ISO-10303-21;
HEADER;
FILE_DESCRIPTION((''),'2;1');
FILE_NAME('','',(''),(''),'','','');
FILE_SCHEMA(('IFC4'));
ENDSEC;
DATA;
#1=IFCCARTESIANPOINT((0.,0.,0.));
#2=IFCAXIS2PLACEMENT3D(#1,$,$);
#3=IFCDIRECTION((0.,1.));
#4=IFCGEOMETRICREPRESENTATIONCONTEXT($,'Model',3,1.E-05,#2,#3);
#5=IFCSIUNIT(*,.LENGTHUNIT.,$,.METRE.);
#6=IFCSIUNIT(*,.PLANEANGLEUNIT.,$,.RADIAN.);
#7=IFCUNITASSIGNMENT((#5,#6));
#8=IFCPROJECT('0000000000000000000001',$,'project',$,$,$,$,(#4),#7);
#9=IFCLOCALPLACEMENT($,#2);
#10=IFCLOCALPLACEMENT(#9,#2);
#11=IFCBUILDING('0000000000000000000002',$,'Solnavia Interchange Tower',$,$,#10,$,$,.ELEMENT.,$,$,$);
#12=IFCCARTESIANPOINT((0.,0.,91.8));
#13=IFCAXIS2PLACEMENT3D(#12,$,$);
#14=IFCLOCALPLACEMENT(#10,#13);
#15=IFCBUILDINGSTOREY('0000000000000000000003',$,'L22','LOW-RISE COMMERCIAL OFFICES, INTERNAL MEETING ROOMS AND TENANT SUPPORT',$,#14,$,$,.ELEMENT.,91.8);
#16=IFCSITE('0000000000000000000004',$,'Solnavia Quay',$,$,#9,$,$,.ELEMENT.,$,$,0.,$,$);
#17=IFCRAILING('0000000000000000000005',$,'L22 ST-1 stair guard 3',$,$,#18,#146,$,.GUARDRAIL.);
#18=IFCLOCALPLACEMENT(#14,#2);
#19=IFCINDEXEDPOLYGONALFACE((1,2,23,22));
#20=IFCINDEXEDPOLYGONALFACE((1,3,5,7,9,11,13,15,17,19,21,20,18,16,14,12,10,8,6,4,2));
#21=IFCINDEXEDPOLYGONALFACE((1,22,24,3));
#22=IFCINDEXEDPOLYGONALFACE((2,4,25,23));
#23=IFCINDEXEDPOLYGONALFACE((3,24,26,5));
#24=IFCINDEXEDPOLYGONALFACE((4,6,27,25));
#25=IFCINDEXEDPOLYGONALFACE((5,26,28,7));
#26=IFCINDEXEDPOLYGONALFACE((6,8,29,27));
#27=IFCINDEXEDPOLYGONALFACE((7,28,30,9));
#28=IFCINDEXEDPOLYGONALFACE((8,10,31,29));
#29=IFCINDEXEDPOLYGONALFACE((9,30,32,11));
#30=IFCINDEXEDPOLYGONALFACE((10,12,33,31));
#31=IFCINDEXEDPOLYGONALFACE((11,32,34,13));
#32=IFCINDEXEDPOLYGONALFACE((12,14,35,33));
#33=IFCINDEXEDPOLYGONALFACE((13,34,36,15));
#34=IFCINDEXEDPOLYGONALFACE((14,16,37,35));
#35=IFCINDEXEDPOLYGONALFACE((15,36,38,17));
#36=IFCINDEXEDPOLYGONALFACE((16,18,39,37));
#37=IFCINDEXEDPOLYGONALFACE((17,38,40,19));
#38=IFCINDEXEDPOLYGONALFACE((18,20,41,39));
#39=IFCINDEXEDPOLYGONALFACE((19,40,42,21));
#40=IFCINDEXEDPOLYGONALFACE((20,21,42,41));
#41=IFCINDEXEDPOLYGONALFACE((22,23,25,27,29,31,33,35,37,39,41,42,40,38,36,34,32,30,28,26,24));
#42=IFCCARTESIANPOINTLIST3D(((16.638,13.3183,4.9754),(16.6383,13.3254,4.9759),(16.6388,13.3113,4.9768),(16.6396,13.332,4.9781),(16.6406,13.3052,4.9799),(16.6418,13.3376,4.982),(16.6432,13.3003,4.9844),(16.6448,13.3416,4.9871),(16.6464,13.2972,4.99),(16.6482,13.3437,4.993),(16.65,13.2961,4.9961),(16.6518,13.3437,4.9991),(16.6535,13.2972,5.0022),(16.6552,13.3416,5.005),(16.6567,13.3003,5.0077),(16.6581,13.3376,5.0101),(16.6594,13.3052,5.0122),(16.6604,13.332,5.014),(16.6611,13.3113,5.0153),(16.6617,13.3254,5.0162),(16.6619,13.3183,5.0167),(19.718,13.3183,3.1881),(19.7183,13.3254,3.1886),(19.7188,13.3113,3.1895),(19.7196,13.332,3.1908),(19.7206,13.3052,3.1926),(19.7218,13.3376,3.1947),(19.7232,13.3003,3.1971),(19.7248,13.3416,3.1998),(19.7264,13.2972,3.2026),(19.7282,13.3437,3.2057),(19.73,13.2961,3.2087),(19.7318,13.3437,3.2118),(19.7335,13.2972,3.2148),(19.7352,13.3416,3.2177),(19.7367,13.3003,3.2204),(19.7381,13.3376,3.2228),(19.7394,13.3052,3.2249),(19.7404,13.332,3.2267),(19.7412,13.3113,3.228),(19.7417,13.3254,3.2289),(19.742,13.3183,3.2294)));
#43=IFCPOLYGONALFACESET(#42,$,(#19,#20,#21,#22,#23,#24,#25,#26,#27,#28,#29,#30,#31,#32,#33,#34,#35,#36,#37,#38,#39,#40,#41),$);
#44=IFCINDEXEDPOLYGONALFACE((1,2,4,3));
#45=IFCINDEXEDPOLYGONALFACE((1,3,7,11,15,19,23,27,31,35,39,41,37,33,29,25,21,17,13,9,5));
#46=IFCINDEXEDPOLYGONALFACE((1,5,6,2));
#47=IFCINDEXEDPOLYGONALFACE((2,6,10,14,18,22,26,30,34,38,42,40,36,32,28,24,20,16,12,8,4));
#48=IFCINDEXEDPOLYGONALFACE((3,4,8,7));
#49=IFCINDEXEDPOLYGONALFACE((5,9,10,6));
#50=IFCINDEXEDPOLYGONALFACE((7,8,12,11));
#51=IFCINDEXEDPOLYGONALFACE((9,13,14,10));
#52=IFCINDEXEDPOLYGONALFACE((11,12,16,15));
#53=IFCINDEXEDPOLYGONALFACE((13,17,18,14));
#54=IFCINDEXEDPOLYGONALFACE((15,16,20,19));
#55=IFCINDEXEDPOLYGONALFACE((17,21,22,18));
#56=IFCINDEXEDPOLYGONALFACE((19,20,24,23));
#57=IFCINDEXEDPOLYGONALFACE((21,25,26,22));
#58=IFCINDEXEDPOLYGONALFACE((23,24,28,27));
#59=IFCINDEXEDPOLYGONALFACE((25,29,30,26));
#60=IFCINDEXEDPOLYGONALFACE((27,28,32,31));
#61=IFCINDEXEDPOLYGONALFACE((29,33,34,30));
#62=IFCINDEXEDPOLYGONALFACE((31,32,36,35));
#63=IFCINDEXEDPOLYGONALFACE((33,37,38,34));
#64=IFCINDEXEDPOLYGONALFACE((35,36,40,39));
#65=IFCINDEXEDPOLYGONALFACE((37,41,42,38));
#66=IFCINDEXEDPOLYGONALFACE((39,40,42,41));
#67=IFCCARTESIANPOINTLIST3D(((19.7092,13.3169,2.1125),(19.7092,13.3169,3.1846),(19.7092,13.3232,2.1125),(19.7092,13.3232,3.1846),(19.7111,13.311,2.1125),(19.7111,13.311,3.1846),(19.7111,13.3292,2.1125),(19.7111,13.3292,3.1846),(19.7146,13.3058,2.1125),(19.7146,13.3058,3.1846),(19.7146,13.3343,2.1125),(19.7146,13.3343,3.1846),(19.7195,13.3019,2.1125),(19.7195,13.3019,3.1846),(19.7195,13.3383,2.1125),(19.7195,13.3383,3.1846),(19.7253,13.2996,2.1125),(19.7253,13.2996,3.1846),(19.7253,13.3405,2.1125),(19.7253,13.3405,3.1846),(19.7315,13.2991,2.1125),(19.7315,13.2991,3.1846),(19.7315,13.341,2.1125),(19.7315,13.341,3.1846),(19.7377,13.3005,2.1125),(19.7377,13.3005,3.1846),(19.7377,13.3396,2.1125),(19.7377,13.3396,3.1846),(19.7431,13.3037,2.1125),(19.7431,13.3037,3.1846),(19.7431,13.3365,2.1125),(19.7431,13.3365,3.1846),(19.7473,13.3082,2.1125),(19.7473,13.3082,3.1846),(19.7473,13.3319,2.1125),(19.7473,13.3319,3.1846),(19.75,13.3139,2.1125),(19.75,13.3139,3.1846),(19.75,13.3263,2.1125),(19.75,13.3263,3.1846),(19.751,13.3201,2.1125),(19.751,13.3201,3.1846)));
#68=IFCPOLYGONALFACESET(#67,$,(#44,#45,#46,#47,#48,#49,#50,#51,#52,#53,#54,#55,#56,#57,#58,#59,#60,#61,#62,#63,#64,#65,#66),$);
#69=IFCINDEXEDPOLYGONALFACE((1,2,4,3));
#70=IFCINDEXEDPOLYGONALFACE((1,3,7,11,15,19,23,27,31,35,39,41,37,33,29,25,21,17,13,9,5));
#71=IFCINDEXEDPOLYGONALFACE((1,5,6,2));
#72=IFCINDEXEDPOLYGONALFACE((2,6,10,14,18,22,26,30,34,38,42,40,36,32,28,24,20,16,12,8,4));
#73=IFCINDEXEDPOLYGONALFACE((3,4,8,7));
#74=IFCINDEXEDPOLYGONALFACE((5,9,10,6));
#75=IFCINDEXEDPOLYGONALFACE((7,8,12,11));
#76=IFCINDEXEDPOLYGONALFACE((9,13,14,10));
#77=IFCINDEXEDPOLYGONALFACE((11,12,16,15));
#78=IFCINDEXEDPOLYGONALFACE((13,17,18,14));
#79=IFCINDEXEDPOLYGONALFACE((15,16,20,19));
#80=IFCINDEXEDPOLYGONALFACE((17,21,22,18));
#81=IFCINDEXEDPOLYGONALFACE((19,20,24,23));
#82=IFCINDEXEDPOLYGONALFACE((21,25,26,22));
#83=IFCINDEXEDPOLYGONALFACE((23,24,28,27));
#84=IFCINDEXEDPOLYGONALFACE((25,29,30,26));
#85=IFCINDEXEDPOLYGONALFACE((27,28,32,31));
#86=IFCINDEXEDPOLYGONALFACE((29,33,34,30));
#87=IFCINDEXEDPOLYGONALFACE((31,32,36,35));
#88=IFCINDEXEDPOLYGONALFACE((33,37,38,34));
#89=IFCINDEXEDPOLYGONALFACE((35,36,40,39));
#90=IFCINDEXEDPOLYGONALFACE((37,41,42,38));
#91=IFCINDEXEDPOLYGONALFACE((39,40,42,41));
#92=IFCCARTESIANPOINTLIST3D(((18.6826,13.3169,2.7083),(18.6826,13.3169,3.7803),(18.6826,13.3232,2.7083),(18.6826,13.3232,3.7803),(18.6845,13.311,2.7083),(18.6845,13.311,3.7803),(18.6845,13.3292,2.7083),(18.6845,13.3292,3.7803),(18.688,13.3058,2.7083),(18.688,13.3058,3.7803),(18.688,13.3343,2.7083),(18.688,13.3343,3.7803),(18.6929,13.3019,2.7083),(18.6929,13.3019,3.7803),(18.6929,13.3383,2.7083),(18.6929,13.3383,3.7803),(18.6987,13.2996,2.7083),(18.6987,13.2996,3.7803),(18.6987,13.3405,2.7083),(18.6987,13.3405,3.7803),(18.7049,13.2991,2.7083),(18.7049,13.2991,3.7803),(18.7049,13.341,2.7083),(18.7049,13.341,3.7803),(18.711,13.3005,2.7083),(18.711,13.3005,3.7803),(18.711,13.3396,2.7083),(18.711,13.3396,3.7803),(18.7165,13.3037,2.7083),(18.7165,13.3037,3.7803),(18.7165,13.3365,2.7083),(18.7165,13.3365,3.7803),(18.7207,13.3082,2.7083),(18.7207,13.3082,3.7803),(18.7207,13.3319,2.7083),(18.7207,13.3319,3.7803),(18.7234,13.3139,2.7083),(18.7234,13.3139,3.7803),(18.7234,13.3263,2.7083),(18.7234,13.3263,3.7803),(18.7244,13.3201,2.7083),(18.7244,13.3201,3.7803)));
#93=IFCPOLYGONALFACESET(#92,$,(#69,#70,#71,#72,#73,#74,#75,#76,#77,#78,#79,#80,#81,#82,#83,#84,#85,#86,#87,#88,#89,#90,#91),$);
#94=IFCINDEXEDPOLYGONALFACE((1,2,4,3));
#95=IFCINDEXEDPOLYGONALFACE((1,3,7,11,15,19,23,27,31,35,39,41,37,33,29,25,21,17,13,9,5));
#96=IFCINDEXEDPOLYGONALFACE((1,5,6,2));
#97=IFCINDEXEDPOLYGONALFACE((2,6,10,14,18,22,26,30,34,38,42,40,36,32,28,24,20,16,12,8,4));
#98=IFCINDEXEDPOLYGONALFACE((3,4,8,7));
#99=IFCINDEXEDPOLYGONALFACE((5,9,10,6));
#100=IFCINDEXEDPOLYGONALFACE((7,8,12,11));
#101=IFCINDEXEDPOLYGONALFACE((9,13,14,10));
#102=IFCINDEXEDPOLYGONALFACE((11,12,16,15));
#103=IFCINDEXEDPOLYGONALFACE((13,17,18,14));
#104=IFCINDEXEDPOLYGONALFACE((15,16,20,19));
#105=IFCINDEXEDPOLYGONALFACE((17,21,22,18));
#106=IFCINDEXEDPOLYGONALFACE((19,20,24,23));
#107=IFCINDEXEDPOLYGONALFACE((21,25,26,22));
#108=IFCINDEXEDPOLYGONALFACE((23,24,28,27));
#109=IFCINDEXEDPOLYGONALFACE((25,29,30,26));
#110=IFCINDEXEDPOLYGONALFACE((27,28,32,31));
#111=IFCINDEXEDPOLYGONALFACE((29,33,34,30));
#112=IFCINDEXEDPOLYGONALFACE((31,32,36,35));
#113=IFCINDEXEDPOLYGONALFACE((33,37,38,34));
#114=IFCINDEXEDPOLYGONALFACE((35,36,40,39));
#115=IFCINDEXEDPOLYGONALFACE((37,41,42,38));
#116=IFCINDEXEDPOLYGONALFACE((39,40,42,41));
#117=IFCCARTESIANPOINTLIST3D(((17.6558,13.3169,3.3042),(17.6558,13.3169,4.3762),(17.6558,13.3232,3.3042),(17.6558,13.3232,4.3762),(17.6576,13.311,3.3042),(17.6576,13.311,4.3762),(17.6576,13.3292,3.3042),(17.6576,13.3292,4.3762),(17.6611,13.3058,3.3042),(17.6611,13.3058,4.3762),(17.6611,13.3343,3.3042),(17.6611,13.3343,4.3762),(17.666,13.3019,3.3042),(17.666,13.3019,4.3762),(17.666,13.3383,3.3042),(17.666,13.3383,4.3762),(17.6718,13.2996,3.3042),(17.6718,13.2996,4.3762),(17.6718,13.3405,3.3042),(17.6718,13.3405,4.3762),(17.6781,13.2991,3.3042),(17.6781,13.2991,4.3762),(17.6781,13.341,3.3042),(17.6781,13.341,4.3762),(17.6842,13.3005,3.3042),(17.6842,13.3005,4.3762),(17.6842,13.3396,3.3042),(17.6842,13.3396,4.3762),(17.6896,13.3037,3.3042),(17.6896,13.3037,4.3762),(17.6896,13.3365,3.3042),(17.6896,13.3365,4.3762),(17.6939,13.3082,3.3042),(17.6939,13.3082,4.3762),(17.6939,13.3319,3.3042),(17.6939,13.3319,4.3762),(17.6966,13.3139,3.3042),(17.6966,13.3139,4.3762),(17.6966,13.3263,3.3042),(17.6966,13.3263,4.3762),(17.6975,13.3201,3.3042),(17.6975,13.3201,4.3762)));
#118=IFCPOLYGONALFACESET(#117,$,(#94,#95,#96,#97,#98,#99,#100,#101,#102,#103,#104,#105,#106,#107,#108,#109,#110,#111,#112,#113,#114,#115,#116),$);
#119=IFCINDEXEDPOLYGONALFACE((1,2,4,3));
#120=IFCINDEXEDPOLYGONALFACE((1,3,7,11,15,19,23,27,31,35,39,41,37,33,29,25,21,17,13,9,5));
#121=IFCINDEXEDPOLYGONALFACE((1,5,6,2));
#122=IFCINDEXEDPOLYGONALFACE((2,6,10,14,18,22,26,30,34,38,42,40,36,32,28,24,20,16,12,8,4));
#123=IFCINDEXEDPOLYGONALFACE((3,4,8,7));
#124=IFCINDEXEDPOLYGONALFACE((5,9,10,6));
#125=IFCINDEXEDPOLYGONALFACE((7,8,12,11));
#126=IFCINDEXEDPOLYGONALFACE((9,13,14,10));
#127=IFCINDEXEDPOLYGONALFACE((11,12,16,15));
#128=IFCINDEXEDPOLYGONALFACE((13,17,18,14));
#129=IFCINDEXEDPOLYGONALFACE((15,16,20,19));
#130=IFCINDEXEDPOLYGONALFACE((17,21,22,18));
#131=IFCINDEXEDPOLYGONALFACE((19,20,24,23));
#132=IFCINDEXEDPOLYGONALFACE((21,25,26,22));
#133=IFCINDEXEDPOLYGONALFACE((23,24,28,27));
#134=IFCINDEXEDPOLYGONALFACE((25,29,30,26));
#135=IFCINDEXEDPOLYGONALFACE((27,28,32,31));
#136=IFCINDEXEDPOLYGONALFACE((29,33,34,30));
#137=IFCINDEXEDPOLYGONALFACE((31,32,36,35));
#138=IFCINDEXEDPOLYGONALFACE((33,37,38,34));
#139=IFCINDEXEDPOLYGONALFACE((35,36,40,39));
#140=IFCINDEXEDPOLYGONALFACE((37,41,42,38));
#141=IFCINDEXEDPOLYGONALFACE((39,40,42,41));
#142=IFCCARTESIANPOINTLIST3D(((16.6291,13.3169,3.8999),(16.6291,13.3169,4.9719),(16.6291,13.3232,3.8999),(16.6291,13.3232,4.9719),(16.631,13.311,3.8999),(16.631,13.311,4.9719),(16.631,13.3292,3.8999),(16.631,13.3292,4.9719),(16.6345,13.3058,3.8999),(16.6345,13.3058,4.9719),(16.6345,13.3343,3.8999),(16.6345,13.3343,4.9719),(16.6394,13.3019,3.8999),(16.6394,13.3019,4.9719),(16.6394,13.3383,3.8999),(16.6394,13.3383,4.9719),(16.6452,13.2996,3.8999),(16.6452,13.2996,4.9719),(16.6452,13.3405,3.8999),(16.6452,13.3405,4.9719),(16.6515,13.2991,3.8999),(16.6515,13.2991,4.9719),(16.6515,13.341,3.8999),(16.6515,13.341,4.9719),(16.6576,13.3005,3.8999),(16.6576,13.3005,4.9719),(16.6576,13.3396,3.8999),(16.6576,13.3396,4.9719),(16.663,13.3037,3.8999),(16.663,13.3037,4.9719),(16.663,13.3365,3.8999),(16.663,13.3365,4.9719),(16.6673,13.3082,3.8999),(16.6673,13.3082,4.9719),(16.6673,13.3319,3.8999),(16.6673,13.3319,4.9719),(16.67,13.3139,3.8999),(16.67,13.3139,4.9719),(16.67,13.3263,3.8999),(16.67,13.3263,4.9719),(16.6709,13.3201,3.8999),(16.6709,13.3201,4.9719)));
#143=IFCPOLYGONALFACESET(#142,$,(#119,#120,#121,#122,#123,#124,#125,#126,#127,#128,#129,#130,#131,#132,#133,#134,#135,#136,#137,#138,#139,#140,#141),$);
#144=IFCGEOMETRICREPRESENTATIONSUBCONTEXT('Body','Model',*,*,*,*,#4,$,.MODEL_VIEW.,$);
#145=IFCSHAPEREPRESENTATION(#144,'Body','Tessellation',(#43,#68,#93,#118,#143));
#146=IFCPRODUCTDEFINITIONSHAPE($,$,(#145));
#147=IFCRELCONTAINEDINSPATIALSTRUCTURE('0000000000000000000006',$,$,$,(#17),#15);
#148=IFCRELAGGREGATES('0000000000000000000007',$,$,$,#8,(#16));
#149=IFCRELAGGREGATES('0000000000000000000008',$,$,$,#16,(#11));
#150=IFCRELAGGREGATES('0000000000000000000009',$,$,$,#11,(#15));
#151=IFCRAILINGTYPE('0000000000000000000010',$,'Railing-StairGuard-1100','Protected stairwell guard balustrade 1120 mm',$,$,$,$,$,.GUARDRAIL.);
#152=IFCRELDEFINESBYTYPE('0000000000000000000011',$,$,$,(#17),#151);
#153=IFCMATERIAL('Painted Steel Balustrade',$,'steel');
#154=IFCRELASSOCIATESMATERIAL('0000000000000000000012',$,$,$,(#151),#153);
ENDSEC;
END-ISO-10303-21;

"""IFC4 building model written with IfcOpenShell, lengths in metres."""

from ifc_helpers import new_model, si_unit, direction, frame, origin, origin_2d, place, context, subcontext, project, spatial, circle, extrude, material, type_object, element, save


model = new_model("IFC4")

# Units and contexts
model_context = context("Model", 3, precision=1e-05, world=origin(), true_north=direction((0.0, 1.0)))
body_context = subcontext(model_context, "Body", "Model", "MODEL_VIEW")
ifc_project = project(units=[si_unit("LENGTHUNIT", "METRE"), si_unit("PLANEANGLEUNIT", "RADIAN")], contexts=[model_context])

# Site, building, storey
site_placement = place(None, origin())
site = spatial("IfcSite", under=ifc_project, at=site_placement, Name="Solnavia Quay", CompositionType="ELEMENT", RefElevation=0.0)
building_placement = place(site_placement, origin())
building = spatial("IfcBuilding", under=site, at=building_placement, Name="Solnavia Interchange Tower", CompositionType="ELEMENT")
storey_placement = place(building_placement, frame((0.0, 0.0, 91.8)))
storey = spatial("IfcBuildingStorey", under=building, at=storey_placement, Name="L22", Description="LOW-RISE COMMERCIAL OFFICES, INTERNAL MEETING ROOMS AND TENANT SUPPORT", CompositionType="ELEMENT", Elevation=91.8)

# Railing
ifc_material_1 = material(Name="Painted Steel Balustrade", Category="steel")
railing_type_1 = type_object("IfcRailingType", Name="Railing-StairGuard-1100", Description="Protected stairwell guard balustrade 1120 mm", PredefinedType="GUARDRAIL", material=ifc_material_1)
railing_1_placement = place(storey_placement, frame((19.73, 13.3201, 2.1125)))
element("IfcRailing", 1, at=railing_1_placement, inside=storey, type_object=railing_type_1, Name="L22 ST-1 stair guard 3", PredefinedType="GUARDRAIL", context=body_context, shape_type="SweptSolid", body=[
    extrude(circle(Radius=0.0239, at=origin_2d()), frame((0.0, 0.0, 1.0962), z_axis=(-0.86492, 0.0, 0.501909), x_axis=(0.0, -1.0, 0.0)), (0.0, 0.0, 1.0), 3.561),
    extrude(circle(Radius=0.021, at=origin_2d()), origin(), (0.0, 0.0, 1.0), 1.072),
    extrude(circle(Radius=0.021, at=origin_2d()), frame((-1.0266, 0.0, 0.5957)), (0.0, 0.0, 1.0), 1.072),
    extrude(circle(Radius=0.021, at=origin_2d()), frame((-2.0535, 0.0, 1.1917)), (0.0, 0.0, 1.0), 1.072),
    extrude(circle(Radius=0.021, at=origin_2d()), frame((-3.0801, 0.0, 1.7874)), (0.0, 0.0, 1.0), 1.072),
])

save(model, "model.ifc")
